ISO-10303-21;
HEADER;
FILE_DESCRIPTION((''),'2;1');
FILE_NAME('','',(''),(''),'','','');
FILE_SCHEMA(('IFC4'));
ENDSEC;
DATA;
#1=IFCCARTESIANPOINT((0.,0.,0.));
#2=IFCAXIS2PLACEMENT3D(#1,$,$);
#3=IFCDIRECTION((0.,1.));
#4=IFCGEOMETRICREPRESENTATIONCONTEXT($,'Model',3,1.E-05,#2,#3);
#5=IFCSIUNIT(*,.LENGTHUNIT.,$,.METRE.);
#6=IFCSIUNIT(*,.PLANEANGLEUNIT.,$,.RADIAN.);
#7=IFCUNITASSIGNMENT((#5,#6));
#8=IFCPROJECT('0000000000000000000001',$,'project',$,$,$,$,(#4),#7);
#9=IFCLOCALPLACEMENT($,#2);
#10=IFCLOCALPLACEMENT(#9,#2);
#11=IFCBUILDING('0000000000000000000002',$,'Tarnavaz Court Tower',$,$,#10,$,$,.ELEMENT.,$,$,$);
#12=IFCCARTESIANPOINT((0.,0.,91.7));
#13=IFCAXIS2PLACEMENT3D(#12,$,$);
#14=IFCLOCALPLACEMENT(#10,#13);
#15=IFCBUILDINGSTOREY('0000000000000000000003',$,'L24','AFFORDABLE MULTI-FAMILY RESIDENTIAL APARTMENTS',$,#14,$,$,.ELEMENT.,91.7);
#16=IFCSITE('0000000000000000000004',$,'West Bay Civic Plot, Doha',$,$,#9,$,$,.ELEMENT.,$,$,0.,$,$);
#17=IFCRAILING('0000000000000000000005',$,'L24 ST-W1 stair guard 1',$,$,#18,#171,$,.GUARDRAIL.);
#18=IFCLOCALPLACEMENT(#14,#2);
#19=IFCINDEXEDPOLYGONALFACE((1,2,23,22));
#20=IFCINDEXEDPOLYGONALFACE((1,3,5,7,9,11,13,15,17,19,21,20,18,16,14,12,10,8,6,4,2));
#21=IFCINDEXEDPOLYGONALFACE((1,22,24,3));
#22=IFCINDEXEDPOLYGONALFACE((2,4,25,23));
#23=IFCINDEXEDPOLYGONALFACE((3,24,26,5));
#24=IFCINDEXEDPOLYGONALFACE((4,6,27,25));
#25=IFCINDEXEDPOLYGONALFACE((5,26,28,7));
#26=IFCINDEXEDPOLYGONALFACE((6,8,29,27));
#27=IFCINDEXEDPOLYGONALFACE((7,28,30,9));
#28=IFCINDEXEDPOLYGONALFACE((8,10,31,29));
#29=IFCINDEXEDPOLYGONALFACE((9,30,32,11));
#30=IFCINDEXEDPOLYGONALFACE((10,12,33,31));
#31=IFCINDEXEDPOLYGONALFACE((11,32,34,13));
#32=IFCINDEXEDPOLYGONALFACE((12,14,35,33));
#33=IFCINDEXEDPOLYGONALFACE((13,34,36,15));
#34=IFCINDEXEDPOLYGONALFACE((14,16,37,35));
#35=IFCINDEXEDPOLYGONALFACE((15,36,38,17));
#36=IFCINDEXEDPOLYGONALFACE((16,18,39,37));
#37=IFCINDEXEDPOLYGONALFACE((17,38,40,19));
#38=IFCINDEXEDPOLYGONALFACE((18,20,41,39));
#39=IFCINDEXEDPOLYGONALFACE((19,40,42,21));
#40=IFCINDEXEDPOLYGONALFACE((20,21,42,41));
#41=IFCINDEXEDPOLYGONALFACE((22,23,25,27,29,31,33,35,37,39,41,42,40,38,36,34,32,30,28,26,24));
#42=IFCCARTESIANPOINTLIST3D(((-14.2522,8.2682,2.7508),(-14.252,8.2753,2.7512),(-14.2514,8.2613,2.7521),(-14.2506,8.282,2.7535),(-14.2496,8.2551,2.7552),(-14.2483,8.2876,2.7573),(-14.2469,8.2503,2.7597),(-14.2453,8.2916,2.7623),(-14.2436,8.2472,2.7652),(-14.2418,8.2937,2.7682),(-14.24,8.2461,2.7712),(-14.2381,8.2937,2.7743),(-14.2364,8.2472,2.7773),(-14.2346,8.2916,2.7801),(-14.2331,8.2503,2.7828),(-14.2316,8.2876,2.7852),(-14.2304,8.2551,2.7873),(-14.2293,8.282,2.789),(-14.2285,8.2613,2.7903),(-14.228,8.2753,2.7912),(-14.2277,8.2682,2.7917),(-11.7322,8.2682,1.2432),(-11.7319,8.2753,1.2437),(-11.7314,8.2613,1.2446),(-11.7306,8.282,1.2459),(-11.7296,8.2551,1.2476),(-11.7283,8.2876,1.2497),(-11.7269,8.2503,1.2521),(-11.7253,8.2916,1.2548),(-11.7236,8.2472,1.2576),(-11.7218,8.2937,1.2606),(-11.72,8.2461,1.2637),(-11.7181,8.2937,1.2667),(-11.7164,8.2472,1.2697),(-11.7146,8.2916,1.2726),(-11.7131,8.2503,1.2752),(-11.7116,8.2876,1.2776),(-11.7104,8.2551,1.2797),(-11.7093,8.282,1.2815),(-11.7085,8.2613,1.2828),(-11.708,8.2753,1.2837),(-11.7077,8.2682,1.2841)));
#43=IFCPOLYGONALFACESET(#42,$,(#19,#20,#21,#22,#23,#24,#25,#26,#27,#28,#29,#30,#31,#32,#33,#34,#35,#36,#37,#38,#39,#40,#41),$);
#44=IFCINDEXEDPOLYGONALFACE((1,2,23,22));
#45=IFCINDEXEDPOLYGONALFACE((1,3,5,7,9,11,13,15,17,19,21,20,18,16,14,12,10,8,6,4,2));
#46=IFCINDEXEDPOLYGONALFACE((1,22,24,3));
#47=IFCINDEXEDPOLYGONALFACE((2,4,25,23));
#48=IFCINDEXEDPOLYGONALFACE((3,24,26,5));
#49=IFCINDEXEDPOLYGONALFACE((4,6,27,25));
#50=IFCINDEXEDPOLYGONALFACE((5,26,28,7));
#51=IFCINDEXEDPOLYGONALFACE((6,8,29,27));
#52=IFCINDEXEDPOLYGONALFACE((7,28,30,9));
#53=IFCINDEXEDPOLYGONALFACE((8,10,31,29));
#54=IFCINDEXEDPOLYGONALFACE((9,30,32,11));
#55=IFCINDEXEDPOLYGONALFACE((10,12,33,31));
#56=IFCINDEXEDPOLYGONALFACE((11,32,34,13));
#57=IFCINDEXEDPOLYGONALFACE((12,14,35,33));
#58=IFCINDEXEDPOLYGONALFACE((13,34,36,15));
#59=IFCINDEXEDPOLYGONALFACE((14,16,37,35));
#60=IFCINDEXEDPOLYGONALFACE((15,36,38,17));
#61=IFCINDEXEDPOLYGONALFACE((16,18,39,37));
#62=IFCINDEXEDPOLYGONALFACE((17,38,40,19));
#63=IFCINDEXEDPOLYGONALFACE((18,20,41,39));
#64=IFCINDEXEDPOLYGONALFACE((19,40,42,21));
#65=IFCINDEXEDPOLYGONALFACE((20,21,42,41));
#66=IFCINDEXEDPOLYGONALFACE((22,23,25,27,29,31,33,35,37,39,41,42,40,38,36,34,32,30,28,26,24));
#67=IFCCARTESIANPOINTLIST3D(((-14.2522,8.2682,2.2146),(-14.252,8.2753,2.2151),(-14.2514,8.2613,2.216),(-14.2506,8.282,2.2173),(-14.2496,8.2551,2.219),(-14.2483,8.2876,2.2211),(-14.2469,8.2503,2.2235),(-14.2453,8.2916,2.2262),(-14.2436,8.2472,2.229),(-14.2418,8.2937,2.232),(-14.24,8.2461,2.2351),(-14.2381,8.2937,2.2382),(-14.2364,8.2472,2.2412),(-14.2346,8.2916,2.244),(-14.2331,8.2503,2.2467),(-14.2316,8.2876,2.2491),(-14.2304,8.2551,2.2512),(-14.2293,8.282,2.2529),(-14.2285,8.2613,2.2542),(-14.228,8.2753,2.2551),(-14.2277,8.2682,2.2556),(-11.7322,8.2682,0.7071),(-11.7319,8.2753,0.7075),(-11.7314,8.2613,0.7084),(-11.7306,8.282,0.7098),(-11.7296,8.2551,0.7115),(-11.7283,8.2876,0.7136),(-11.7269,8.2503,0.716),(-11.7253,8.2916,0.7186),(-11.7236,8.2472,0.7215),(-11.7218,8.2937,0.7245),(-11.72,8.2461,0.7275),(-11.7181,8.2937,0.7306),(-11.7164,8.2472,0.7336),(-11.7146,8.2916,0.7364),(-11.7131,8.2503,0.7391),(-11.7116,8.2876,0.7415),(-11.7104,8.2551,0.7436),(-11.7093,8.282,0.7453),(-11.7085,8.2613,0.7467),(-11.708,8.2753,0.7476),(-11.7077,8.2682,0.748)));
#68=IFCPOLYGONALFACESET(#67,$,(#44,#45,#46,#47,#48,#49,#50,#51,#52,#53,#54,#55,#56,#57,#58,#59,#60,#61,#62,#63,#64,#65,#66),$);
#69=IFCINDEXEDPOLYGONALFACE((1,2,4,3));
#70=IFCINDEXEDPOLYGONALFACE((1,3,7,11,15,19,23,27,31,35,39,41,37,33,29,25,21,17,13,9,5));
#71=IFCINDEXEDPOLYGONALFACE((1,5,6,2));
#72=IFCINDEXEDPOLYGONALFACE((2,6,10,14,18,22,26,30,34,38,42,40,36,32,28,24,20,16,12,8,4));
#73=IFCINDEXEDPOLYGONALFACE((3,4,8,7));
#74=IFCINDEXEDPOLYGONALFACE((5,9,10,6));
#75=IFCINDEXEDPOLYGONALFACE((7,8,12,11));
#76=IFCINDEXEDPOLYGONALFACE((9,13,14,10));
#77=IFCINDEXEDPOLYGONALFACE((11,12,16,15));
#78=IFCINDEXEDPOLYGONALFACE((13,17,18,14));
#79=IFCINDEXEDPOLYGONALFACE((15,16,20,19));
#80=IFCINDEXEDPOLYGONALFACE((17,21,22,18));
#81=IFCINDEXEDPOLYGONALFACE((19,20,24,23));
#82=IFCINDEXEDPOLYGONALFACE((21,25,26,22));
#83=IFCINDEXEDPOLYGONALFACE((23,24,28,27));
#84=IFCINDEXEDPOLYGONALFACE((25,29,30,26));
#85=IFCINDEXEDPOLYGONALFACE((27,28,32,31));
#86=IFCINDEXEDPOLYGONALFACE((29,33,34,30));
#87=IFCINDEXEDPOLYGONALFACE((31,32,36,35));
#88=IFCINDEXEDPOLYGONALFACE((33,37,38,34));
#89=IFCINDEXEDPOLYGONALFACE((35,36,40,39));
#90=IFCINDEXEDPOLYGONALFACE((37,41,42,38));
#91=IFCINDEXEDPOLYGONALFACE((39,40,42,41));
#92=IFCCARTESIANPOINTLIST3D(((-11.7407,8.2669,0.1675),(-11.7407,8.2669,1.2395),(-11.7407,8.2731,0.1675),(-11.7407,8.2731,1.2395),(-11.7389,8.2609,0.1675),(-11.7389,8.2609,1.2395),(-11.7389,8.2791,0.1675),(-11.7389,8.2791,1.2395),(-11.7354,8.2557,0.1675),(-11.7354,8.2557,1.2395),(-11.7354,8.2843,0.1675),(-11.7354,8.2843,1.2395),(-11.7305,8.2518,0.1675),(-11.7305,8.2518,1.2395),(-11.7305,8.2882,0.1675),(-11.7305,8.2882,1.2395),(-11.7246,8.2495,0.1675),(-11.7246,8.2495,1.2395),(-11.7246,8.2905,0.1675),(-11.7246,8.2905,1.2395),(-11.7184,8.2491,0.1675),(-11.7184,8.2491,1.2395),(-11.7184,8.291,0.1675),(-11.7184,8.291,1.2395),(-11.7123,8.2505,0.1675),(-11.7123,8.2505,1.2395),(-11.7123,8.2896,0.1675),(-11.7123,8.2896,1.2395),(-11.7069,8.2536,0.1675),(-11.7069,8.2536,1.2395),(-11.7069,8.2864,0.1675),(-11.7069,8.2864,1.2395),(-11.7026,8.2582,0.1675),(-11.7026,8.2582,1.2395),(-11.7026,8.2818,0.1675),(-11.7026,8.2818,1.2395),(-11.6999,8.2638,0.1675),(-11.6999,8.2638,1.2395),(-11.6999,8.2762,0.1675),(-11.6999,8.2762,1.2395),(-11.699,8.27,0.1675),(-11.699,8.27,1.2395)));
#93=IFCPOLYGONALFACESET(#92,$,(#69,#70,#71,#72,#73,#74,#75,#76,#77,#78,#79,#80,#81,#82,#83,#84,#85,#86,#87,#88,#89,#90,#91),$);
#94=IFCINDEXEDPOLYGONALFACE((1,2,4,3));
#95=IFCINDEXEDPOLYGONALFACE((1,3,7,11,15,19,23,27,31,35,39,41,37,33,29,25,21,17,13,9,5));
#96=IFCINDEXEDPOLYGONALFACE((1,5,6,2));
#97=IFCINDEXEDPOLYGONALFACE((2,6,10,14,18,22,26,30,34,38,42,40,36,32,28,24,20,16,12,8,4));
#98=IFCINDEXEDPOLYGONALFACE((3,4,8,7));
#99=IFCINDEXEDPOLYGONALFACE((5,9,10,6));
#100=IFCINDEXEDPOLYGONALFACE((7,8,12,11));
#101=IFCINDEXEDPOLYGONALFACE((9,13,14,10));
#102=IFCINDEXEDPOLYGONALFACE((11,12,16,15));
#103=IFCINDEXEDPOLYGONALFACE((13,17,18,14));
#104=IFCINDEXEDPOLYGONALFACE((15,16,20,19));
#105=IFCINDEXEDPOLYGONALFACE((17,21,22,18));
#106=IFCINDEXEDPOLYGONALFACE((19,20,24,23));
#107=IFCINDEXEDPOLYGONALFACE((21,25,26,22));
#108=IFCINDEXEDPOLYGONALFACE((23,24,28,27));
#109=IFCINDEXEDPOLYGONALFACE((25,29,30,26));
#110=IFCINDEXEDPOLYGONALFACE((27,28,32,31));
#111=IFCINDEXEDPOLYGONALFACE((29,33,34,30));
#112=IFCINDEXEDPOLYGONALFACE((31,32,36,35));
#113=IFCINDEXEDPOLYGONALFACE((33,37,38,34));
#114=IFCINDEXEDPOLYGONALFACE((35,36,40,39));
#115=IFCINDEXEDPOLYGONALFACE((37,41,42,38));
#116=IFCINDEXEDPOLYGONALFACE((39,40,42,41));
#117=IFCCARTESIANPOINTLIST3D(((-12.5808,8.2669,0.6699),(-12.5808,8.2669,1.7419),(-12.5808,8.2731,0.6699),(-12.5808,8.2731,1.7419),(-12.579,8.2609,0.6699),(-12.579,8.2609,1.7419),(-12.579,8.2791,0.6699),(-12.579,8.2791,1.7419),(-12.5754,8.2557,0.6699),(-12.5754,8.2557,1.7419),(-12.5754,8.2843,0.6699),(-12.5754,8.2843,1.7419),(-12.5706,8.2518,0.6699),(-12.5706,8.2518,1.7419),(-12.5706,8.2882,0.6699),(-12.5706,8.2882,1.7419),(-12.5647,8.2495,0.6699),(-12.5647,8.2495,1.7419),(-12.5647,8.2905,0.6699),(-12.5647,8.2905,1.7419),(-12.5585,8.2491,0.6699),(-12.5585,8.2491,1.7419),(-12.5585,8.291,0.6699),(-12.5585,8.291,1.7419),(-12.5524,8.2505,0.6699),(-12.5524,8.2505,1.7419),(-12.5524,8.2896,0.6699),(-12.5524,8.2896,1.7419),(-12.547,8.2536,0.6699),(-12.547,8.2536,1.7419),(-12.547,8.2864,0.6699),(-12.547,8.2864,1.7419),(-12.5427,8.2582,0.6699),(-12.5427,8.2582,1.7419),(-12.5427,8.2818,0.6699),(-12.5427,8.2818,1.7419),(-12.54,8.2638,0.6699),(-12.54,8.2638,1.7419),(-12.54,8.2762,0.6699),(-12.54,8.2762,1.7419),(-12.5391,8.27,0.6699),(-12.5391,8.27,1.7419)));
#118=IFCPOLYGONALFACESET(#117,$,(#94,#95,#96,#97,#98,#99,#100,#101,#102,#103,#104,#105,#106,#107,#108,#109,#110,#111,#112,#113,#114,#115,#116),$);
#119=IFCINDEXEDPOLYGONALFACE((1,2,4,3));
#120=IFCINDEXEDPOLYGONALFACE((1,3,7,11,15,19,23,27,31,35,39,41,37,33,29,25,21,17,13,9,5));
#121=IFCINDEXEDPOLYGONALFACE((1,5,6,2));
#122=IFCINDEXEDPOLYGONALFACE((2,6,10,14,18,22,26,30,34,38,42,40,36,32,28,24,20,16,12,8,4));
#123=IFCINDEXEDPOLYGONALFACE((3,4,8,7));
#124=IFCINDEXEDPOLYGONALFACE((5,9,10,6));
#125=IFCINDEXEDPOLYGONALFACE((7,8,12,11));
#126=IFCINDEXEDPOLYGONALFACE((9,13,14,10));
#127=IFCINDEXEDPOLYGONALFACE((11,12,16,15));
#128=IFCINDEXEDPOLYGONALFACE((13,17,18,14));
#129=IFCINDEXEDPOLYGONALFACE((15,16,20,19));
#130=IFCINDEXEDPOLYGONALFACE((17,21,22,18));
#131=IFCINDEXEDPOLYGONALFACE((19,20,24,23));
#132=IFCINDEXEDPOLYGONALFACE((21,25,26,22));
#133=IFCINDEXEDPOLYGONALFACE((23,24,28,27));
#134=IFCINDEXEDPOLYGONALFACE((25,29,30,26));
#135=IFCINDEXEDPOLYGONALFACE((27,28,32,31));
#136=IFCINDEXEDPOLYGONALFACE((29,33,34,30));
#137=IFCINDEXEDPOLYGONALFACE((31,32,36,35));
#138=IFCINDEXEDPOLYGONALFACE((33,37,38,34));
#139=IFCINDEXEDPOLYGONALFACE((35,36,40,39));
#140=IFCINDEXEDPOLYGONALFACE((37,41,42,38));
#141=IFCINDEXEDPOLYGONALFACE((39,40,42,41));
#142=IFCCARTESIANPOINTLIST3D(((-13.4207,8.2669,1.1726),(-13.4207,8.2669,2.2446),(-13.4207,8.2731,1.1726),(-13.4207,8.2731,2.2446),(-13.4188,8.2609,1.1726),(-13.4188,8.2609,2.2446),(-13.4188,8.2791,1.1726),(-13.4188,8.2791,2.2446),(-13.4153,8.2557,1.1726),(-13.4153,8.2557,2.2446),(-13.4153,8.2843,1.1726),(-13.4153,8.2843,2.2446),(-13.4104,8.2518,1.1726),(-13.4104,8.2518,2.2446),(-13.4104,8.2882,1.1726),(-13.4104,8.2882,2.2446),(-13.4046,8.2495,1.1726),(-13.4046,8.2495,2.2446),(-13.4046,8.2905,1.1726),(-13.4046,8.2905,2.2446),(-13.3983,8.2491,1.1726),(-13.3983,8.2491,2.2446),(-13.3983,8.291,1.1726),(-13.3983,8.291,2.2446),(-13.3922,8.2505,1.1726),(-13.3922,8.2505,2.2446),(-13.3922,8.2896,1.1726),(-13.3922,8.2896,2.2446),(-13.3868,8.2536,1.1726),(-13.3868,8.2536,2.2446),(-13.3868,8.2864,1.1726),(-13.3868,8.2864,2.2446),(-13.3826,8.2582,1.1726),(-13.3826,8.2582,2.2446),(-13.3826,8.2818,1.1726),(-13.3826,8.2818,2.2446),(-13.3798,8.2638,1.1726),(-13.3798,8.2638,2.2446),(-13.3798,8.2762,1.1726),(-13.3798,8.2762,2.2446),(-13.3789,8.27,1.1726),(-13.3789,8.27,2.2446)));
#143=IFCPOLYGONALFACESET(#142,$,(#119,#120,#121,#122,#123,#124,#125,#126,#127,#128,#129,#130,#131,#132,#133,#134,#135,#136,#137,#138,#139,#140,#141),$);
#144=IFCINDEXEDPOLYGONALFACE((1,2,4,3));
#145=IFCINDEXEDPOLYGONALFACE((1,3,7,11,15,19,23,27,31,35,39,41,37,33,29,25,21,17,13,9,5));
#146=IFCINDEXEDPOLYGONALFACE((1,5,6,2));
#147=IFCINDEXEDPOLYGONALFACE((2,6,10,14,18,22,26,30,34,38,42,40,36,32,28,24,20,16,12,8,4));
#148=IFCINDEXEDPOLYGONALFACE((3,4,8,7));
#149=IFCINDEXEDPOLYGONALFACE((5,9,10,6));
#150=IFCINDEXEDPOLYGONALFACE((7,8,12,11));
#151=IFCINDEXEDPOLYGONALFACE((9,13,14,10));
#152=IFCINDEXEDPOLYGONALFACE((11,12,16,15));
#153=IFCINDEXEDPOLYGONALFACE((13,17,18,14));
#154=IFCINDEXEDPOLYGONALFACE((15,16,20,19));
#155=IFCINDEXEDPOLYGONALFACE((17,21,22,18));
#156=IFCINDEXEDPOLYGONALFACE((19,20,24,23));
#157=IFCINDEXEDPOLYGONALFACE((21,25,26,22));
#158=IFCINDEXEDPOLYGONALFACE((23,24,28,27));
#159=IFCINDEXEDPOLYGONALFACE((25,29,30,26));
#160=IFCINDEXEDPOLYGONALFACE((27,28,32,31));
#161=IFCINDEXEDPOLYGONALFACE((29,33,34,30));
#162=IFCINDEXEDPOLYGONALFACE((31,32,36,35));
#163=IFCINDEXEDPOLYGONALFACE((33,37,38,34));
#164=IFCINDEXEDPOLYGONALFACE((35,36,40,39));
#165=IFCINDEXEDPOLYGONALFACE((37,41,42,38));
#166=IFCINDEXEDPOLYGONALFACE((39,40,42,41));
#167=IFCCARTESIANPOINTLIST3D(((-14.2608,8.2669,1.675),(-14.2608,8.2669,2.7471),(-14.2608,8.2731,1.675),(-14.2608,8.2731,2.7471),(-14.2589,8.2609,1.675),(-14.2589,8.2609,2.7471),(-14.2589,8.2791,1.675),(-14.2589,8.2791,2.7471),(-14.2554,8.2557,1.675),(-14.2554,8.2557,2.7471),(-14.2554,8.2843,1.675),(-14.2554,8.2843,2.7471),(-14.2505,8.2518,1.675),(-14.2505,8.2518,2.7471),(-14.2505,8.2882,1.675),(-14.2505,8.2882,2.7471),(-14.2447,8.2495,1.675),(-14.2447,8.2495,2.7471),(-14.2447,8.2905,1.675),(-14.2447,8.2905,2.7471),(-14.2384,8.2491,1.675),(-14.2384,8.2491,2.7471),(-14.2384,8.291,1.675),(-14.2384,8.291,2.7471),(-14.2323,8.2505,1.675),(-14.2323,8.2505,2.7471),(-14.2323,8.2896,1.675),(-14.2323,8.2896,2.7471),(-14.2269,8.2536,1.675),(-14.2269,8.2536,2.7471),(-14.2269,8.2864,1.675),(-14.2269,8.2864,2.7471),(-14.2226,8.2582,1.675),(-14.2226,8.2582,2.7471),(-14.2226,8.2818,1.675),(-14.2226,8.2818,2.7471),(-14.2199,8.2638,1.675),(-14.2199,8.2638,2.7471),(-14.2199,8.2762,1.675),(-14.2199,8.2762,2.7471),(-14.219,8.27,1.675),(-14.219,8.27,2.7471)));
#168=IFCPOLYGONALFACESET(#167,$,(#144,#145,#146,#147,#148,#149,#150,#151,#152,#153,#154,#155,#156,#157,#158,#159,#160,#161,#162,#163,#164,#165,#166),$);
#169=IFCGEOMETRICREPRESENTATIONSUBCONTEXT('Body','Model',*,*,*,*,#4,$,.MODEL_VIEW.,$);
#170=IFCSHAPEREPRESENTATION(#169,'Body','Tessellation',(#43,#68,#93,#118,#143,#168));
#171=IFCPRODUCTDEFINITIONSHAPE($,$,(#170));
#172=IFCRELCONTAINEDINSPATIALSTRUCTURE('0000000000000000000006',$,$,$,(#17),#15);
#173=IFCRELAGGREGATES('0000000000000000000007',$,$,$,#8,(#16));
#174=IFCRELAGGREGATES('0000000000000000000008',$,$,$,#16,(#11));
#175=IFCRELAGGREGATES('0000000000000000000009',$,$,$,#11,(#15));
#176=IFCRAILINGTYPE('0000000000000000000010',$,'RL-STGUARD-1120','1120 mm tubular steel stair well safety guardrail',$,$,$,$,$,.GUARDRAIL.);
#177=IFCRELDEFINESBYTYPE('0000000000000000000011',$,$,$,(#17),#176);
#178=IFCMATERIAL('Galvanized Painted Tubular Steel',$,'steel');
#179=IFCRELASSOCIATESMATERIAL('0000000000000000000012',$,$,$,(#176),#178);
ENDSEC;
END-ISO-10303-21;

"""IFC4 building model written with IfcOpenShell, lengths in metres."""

from ifc_helpers import new_model, si_unit, direction, frame, origin, origin_2d, place, context, subcontext, project, spatial, circle, extrude, material, type_object, element, save


model = new_model("IFC4")

# Units and contexts
model_context = context("Model", 3, precision=1e-05, world=origin(), true_north=direction((0.0, 1.0)))
body_context = subcontext(model_context, "Body", "Model", "MODEL_VIEW")
ifc_project = project(units=[si_unit("LENGTHUNIT", "METRE"), si_unit("PLANEANGLEUNIT", "RADIAN")], contexts=[model_context])

# Site, building, storey
site_placement = place(None, origin())
site = spatial("IfcSite", under=ifc_project, at=site_placement, Name="West Bay Civic Plot, Doha", CompositionType="ELEMENT", RefElevation=0.0)
building_placement = place(site_placement, origin())
building = spatial("IfcBuilding", under=site, at=building_placement, Name="Tarnavaz Court Tower", CompositionType="ELEMENT")
storey_placement = place(building_placement, frame((0.0, 0.0, 91.7)))
storey = spatial("IfcBuildingStorey", under=building, at=storey_placement, Name="L24", Description="AFFORDABLE MULTI-FAMILY RESIDENTIAL APARTMENTS", CompositionType="ELEMENT", Elevation=91.7)

# Railing
ifc_material_1 = material(Name="Galvanized Painted Tubular Steel", Category="steel")
railing_type_1 = type_object("IfcRailingType", Name="RL-STGUARD-1120", Description="1120 mm tubular steel stair well safety guardrail", PredefinedType="GUARDRAIL", material=ifc_material_1)
railing_1_placement = place(storey_placement, frame((-11.72, 8.27, 0.1675)))
element("IfcRailing", 1, at=railing_1_placement, inside=storey, type_object=railing_type_1, Name="L24 ST-W1 stair guard 1", PredefinedType="GUARDRAIL", context=body_context, shape_type="SweptSolid", body=[
    extrude(circle(Radius=0.0239, at=origin_2d()), frame((0.0, 0.0, 1.0962), z_axis=(-0.85816, 0.0, 0.513383), x_axis=(0.0, -1.0, 0.0)), (0.0, 0.0, 1.0), 2.9365),
    extrude(circle(Radius=0.0239, at=origin_2d()), frame((0.0, 0.0, 0.5601), z_axis=(-0.85816, 0.0, 0.513383), x_axis=(0.0, -1.0, 0.0)), (0.0, 0.0, 1.0), 2.9365),
    extrude(circle(Radius=0.021, at=origin_2d()), origin(), (0.0, 0.0, 1.0), 1.072),
    extrude(circle(Radius=0.021, at=origin_2d()), frame((-0.8401, 0.0, 0.5024)), (0.0, 0.0, 1.0), 1.072),
    extrude(circle(Radius=0.021, at=origin_2d()), frame((-1.6799, 0.0, 1.0051)), (0.0, 0.0, 1.0), 1.072),
    extrude(circle(Radius=0.021, at=origin_2d()), frame((-2.52, 0.0, 1.5076)), (0.0, 0.0, 1.0), 1.072),
])

save(model, "model.ifc")
